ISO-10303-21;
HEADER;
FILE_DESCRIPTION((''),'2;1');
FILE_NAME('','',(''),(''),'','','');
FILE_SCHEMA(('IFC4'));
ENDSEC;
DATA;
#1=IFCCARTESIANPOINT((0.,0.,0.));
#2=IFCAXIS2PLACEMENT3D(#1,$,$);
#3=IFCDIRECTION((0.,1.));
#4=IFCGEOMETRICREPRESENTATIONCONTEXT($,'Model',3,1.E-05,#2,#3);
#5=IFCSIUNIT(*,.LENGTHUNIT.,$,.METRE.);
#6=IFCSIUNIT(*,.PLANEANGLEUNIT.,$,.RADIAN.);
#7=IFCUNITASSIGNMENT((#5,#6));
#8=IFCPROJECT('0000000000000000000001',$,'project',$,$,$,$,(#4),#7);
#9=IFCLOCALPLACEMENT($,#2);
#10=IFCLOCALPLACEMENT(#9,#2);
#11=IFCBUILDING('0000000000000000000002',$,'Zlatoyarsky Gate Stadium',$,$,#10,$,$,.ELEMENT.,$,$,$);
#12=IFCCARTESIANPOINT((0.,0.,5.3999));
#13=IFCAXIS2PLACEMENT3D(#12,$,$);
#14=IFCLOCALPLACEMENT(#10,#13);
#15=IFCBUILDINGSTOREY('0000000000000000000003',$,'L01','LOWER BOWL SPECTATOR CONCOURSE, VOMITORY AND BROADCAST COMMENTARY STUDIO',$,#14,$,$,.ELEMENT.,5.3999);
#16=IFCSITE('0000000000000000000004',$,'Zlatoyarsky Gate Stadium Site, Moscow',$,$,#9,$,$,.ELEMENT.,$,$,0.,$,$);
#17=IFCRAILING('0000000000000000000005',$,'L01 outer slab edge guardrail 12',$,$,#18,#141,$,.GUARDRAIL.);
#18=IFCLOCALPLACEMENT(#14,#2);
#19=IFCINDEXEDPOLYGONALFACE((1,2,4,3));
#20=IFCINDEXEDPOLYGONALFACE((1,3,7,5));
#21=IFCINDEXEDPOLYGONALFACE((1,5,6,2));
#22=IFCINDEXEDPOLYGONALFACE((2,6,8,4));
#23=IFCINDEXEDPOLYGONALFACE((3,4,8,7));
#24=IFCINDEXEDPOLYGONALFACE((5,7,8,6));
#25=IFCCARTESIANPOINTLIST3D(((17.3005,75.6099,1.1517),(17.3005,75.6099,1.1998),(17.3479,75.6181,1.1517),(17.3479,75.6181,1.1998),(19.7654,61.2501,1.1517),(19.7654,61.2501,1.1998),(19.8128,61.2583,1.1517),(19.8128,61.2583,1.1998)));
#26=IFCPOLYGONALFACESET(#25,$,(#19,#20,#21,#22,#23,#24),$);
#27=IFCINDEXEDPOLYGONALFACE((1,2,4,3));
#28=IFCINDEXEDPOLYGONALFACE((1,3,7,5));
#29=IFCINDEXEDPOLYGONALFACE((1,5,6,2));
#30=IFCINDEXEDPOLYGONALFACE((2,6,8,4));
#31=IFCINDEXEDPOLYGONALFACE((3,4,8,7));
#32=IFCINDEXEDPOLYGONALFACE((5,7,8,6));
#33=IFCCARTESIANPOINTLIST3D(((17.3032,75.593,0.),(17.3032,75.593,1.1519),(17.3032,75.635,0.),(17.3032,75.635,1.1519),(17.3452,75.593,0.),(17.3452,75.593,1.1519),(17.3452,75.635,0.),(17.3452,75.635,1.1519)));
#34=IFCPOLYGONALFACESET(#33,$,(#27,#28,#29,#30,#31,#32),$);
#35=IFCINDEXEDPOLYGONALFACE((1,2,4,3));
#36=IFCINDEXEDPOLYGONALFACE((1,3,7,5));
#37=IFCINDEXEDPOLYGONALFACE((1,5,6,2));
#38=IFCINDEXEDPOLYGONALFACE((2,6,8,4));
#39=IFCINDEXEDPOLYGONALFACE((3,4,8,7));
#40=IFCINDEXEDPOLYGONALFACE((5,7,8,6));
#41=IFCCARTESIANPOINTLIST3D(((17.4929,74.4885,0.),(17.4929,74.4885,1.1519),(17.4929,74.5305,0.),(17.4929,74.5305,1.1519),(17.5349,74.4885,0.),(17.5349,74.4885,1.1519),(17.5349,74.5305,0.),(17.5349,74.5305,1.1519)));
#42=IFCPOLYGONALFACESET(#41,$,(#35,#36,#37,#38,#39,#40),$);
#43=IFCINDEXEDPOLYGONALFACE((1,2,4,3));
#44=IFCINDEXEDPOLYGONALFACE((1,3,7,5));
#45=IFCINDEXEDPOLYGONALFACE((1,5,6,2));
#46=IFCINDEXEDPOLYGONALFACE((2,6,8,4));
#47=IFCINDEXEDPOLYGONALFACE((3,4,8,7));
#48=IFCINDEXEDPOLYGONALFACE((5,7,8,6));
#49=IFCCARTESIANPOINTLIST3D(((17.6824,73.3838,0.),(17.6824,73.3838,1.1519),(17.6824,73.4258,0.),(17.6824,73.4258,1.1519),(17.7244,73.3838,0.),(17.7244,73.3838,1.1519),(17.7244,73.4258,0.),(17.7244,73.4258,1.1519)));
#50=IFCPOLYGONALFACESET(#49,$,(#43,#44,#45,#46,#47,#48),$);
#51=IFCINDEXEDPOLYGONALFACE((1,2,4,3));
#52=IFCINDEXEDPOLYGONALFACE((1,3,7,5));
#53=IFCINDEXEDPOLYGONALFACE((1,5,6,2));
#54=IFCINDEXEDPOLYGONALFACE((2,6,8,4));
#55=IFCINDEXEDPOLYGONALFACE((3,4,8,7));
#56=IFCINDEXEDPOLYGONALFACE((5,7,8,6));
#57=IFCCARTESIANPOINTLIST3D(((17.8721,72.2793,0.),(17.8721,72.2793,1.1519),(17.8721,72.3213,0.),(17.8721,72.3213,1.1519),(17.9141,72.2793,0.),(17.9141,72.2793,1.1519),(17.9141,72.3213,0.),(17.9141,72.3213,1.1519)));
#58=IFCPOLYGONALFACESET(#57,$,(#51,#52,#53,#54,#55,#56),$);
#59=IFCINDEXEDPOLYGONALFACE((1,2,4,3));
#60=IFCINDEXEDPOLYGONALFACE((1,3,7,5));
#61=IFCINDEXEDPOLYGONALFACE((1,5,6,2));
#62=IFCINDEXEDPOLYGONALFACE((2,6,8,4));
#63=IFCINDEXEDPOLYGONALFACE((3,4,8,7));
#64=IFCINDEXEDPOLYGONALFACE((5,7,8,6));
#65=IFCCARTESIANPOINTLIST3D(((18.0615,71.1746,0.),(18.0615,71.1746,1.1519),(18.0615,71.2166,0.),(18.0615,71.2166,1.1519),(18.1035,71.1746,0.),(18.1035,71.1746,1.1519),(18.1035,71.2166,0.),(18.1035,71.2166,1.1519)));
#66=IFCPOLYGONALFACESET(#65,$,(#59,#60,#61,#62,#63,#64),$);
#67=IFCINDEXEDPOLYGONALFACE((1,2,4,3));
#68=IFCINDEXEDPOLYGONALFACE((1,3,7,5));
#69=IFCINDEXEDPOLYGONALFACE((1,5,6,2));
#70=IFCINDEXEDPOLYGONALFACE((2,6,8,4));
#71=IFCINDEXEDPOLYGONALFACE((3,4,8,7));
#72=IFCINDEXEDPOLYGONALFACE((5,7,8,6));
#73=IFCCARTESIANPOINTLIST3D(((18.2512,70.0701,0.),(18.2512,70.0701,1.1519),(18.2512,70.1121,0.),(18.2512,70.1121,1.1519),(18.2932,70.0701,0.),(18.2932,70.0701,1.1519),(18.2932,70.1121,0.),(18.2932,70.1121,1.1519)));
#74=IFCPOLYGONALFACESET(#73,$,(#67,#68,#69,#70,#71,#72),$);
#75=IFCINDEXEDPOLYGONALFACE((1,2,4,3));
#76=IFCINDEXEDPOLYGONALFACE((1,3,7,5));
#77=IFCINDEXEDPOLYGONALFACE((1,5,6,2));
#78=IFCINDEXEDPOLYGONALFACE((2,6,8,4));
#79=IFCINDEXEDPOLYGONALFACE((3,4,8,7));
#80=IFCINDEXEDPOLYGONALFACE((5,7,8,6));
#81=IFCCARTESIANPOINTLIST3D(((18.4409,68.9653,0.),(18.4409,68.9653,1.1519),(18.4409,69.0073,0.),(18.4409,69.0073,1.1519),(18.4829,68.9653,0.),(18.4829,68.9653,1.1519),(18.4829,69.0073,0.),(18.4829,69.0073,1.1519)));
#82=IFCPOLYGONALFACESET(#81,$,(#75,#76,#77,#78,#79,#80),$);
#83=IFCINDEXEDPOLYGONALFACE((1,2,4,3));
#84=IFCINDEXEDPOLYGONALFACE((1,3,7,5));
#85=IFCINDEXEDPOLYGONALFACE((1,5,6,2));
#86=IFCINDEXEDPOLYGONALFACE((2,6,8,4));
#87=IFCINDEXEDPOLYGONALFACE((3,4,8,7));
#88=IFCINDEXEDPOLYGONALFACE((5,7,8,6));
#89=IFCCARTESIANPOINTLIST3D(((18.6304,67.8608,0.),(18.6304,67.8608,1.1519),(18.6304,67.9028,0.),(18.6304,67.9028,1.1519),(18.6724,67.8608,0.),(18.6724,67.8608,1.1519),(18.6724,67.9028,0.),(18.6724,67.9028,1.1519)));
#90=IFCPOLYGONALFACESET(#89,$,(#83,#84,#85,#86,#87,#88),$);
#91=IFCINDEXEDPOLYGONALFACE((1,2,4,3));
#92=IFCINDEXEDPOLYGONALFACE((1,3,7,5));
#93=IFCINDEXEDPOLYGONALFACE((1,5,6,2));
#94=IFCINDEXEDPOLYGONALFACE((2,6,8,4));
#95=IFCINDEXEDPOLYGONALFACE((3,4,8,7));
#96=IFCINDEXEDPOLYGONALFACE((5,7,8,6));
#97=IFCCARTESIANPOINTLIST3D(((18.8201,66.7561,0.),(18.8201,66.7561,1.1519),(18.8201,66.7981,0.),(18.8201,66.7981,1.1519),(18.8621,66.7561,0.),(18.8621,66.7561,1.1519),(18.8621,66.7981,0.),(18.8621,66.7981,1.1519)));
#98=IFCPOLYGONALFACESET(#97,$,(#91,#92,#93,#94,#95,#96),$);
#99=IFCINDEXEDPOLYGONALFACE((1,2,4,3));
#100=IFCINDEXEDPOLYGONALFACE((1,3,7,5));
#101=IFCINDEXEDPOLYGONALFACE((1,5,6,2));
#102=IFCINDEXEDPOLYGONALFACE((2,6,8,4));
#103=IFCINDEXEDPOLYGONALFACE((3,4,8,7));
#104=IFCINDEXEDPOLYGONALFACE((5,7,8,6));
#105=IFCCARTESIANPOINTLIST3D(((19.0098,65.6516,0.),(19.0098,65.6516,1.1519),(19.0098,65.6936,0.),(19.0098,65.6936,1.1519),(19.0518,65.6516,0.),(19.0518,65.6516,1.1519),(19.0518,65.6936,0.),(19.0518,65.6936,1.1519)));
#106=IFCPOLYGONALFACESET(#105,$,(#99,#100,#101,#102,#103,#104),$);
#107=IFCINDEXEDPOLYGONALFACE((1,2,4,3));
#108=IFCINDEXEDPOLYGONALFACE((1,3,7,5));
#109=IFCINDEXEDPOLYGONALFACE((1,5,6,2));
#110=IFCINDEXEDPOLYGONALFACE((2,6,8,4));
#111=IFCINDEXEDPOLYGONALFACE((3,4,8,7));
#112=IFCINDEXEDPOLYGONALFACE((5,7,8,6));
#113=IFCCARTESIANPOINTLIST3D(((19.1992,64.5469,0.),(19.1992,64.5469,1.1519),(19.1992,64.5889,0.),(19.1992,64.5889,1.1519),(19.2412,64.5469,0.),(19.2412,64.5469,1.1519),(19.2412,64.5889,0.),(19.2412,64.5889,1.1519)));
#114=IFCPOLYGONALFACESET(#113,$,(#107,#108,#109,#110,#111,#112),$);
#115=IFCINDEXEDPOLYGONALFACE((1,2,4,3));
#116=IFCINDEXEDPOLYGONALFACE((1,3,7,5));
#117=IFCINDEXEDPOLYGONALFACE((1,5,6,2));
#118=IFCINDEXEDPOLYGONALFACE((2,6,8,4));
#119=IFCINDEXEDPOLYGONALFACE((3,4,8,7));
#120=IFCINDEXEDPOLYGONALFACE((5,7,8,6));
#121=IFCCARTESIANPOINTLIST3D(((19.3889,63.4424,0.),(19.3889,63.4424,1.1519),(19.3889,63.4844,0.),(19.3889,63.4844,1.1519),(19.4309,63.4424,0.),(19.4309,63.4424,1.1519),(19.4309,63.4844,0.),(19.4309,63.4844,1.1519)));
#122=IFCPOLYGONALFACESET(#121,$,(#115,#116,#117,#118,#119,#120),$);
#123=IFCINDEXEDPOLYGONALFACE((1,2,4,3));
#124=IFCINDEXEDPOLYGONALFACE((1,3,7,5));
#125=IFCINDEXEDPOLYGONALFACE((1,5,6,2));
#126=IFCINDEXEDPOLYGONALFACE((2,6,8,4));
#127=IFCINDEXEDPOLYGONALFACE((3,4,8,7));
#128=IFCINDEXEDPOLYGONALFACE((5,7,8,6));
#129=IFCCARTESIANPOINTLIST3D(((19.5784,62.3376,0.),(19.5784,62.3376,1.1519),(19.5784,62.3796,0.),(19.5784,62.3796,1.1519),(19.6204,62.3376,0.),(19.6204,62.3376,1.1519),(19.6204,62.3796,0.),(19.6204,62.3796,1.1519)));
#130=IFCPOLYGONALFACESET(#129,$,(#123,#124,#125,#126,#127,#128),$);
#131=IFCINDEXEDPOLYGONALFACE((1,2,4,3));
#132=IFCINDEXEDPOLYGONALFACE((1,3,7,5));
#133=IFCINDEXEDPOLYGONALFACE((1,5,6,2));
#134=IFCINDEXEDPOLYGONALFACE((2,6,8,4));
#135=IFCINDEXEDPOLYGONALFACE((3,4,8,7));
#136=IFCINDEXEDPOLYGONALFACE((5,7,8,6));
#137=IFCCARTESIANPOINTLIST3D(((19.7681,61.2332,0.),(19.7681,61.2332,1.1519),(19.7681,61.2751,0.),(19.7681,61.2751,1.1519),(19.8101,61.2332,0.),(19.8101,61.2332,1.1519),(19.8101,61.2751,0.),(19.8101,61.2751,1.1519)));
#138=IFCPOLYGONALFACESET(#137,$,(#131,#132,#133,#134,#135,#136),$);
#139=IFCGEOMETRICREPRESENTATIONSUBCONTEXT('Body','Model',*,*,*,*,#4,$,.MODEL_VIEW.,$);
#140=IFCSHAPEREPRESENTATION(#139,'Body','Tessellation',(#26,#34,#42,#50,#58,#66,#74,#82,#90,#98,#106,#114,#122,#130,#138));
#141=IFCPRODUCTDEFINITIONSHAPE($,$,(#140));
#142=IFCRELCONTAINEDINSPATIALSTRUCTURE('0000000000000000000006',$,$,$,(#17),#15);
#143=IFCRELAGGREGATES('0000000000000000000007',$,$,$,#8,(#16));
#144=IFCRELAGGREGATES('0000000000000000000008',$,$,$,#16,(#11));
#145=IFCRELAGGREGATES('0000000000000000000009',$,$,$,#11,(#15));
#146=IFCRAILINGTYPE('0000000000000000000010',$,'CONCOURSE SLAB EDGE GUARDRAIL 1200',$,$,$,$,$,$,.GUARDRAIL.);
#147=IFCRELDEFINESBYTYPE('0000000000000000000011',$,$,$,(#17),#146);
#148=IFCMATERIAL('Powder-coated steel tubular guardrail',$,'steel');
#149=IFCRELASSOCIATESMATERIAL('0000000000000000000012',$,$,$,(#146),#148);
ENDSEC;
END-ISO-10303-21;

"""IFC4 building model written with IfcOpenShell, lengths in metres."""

from ifc_helpers import new_model, si_unit, direction, frame, origin, origin_2d, place, context, subcontext, project, spatial, rectangle, extrude, material, type_object, element, save


model = new_model("IFC4")

# Units and contexts
model_context = context("Model", 3, precision=1e-05, world=origin(), true_north=direction((0.0, 1.0)))
body_context = subcontext(model_context, "Body", "Model", "MODEL_VIEW")
ifc_project = project(units=[si_unit("LENGTHUNIT", "METRE"), si_unit("PLANEANGLEUNIT", "RADIAN")], contexts=[model_context])

# Site, building, storey
site_placement = place(None, origin())
site = spatial("IfcSite", under=ifc_project, at=site_placement, Name="Zlatoyarsky Gate Stadium Site, Moscow", CompositionType="ELEMENT", RefElevation=0.0)
building_placement = place(site_placement, origin())
building = spatial("IfcBuilding", under=site, at=building_placement, Name="Zlatoyarsky Gate Stadium", CompositionType="ELEMENT")
storey_placement = place(building_placement, frame((0.0, 0.0, 5.3999)))
storey = spatial("IfcBuildingStorey", under=building, at=storey_placement, Name="L01", Description="LOWER BOWL SPECTATOR CONCOURSE, VOMITORY AND BROADCAST COMMENTARY STUDIO", CompositionType="ELEMENT", Elevation=5.3999)

# Railing
ifc_material_1 = material(Name="Powder-coated steel tubular guardrail", Category="steel")
railing_type = type_object("IfcRailingType", Name="CONCOURSE SLAB EDGE GUARDRAIL 1200", PredefinedType="GUARDRAIL", material=ifc_material_1)
railing_placement = place(storey_placement, frame((17.3242, 75.614, 0.0)))
element("IfcRailing", 1, at=railing_placement, inside=storey, type_object=railing_type, Name="L01 outer slab edge guardrail 12", PredefinedType="GUARDRAIL", context=body_context, shape_type="SweptSolid", body=[
    extrude(rectangle(XDim=0.0481, YDim=0.0481, at=origin_2d()), frame((0.0, 0.0, 1.1758), z_axis=(0.169174, -0.985586, 0.0), x_axis=(0.985586, 0.169174, 0.0)), (0.0, 0.0, 1.0), 14.5698),
    extrude(rectangle(XDim=0.042, YDim=0.042, at=origin_2d()), origin(), (0.0, 0.0, 1.0), 1.1519),
    extrude(rectangle(XDim=0.042, YDim=0.042, at=origin_2d()), frame((0.1897, -1.1045, 0.0)), (0.0, 0.0, 1.0), 1.1519),
    extrude(rectangle(XDim=0.042, YDim=0.042, at=origin_2d()), frame((0.3792, -2.2092, 0.0)), (0.0, 0.0, 1.0), 1.1519),
    extrude(rectangle(XDim=0.042, YDim=0.042, at=origin_2d()), frame((0.5688, -3.3137, 0.0)), (0.0, 0.0, 1.0), 1.1519),
    extrude(rectangle(XDim=0.042, YDim=0.042, at=origin_2d()), frame((0.7583, -4.4185, 0.0)), (0.0, 0.0, 1.0), 1.1519),
    extrude(rectangle(XDim=0.042, YDim=0.042, at=origin_2d()), frame((0.948, -5.5229, 0.0)), (0.0, 0.0, 1.0), 1.1519),
    extrude(rectangle(XDim=0.042, YDim=0.042, at=origin_2d()), frame((1.1377, -6.6277, 0.0)), (0.0, 0.0, 1.0), 1.1519),
    extrude(rectangle(XDim=0.042, YDim=0.042, at=origin_2d()), frame((1.3271, -7.7322, 0.0)), (0.0, 0.0, 1.0), 1.1519),
    extrude(rectangle(XDim=0.042, YDim=0.042, at=origin_2d()), frame((1.5168, -8.8369, 0.0)), (0.0, 0.0, 1.0), 1.1519),
    extrude(rectangle(XDim=0.042, YDim=0.042, at=origin_2d()), frame((1.7065, -9.9414, 0.0)), (0.0, 0.0, 1.0), 1.1519),
    extrude(rectangle(XDim=0.042, YDim=0.042, at=origin_2d()), frame((1.896, -11.0461, 0.0)), (0.0, 0.0, 1.0), 1.1519),
    extrude(rectangle(XDim=0.042, YDim=0.042, at=origin_2d()), frame((2.0857, -12.1506, 0.0)), (0.0, 0.0, 1.0), 1.1519),
    extrude(rectangle(XDim=0.042, YDim=0.042, at=origin_2d()), frame((2.2751, -13.2554, 0.0)), (0.0, 0.0, 1.0), 1.1519),
    extrude(rectangle(XDim=0.042, YDim=0.042, at=origin_2d()), frame((2.4648, -14.3599, 0.0)), (0.0, 0.0, 1.0), 1.1519),
])

save(model, "model.ifc")
